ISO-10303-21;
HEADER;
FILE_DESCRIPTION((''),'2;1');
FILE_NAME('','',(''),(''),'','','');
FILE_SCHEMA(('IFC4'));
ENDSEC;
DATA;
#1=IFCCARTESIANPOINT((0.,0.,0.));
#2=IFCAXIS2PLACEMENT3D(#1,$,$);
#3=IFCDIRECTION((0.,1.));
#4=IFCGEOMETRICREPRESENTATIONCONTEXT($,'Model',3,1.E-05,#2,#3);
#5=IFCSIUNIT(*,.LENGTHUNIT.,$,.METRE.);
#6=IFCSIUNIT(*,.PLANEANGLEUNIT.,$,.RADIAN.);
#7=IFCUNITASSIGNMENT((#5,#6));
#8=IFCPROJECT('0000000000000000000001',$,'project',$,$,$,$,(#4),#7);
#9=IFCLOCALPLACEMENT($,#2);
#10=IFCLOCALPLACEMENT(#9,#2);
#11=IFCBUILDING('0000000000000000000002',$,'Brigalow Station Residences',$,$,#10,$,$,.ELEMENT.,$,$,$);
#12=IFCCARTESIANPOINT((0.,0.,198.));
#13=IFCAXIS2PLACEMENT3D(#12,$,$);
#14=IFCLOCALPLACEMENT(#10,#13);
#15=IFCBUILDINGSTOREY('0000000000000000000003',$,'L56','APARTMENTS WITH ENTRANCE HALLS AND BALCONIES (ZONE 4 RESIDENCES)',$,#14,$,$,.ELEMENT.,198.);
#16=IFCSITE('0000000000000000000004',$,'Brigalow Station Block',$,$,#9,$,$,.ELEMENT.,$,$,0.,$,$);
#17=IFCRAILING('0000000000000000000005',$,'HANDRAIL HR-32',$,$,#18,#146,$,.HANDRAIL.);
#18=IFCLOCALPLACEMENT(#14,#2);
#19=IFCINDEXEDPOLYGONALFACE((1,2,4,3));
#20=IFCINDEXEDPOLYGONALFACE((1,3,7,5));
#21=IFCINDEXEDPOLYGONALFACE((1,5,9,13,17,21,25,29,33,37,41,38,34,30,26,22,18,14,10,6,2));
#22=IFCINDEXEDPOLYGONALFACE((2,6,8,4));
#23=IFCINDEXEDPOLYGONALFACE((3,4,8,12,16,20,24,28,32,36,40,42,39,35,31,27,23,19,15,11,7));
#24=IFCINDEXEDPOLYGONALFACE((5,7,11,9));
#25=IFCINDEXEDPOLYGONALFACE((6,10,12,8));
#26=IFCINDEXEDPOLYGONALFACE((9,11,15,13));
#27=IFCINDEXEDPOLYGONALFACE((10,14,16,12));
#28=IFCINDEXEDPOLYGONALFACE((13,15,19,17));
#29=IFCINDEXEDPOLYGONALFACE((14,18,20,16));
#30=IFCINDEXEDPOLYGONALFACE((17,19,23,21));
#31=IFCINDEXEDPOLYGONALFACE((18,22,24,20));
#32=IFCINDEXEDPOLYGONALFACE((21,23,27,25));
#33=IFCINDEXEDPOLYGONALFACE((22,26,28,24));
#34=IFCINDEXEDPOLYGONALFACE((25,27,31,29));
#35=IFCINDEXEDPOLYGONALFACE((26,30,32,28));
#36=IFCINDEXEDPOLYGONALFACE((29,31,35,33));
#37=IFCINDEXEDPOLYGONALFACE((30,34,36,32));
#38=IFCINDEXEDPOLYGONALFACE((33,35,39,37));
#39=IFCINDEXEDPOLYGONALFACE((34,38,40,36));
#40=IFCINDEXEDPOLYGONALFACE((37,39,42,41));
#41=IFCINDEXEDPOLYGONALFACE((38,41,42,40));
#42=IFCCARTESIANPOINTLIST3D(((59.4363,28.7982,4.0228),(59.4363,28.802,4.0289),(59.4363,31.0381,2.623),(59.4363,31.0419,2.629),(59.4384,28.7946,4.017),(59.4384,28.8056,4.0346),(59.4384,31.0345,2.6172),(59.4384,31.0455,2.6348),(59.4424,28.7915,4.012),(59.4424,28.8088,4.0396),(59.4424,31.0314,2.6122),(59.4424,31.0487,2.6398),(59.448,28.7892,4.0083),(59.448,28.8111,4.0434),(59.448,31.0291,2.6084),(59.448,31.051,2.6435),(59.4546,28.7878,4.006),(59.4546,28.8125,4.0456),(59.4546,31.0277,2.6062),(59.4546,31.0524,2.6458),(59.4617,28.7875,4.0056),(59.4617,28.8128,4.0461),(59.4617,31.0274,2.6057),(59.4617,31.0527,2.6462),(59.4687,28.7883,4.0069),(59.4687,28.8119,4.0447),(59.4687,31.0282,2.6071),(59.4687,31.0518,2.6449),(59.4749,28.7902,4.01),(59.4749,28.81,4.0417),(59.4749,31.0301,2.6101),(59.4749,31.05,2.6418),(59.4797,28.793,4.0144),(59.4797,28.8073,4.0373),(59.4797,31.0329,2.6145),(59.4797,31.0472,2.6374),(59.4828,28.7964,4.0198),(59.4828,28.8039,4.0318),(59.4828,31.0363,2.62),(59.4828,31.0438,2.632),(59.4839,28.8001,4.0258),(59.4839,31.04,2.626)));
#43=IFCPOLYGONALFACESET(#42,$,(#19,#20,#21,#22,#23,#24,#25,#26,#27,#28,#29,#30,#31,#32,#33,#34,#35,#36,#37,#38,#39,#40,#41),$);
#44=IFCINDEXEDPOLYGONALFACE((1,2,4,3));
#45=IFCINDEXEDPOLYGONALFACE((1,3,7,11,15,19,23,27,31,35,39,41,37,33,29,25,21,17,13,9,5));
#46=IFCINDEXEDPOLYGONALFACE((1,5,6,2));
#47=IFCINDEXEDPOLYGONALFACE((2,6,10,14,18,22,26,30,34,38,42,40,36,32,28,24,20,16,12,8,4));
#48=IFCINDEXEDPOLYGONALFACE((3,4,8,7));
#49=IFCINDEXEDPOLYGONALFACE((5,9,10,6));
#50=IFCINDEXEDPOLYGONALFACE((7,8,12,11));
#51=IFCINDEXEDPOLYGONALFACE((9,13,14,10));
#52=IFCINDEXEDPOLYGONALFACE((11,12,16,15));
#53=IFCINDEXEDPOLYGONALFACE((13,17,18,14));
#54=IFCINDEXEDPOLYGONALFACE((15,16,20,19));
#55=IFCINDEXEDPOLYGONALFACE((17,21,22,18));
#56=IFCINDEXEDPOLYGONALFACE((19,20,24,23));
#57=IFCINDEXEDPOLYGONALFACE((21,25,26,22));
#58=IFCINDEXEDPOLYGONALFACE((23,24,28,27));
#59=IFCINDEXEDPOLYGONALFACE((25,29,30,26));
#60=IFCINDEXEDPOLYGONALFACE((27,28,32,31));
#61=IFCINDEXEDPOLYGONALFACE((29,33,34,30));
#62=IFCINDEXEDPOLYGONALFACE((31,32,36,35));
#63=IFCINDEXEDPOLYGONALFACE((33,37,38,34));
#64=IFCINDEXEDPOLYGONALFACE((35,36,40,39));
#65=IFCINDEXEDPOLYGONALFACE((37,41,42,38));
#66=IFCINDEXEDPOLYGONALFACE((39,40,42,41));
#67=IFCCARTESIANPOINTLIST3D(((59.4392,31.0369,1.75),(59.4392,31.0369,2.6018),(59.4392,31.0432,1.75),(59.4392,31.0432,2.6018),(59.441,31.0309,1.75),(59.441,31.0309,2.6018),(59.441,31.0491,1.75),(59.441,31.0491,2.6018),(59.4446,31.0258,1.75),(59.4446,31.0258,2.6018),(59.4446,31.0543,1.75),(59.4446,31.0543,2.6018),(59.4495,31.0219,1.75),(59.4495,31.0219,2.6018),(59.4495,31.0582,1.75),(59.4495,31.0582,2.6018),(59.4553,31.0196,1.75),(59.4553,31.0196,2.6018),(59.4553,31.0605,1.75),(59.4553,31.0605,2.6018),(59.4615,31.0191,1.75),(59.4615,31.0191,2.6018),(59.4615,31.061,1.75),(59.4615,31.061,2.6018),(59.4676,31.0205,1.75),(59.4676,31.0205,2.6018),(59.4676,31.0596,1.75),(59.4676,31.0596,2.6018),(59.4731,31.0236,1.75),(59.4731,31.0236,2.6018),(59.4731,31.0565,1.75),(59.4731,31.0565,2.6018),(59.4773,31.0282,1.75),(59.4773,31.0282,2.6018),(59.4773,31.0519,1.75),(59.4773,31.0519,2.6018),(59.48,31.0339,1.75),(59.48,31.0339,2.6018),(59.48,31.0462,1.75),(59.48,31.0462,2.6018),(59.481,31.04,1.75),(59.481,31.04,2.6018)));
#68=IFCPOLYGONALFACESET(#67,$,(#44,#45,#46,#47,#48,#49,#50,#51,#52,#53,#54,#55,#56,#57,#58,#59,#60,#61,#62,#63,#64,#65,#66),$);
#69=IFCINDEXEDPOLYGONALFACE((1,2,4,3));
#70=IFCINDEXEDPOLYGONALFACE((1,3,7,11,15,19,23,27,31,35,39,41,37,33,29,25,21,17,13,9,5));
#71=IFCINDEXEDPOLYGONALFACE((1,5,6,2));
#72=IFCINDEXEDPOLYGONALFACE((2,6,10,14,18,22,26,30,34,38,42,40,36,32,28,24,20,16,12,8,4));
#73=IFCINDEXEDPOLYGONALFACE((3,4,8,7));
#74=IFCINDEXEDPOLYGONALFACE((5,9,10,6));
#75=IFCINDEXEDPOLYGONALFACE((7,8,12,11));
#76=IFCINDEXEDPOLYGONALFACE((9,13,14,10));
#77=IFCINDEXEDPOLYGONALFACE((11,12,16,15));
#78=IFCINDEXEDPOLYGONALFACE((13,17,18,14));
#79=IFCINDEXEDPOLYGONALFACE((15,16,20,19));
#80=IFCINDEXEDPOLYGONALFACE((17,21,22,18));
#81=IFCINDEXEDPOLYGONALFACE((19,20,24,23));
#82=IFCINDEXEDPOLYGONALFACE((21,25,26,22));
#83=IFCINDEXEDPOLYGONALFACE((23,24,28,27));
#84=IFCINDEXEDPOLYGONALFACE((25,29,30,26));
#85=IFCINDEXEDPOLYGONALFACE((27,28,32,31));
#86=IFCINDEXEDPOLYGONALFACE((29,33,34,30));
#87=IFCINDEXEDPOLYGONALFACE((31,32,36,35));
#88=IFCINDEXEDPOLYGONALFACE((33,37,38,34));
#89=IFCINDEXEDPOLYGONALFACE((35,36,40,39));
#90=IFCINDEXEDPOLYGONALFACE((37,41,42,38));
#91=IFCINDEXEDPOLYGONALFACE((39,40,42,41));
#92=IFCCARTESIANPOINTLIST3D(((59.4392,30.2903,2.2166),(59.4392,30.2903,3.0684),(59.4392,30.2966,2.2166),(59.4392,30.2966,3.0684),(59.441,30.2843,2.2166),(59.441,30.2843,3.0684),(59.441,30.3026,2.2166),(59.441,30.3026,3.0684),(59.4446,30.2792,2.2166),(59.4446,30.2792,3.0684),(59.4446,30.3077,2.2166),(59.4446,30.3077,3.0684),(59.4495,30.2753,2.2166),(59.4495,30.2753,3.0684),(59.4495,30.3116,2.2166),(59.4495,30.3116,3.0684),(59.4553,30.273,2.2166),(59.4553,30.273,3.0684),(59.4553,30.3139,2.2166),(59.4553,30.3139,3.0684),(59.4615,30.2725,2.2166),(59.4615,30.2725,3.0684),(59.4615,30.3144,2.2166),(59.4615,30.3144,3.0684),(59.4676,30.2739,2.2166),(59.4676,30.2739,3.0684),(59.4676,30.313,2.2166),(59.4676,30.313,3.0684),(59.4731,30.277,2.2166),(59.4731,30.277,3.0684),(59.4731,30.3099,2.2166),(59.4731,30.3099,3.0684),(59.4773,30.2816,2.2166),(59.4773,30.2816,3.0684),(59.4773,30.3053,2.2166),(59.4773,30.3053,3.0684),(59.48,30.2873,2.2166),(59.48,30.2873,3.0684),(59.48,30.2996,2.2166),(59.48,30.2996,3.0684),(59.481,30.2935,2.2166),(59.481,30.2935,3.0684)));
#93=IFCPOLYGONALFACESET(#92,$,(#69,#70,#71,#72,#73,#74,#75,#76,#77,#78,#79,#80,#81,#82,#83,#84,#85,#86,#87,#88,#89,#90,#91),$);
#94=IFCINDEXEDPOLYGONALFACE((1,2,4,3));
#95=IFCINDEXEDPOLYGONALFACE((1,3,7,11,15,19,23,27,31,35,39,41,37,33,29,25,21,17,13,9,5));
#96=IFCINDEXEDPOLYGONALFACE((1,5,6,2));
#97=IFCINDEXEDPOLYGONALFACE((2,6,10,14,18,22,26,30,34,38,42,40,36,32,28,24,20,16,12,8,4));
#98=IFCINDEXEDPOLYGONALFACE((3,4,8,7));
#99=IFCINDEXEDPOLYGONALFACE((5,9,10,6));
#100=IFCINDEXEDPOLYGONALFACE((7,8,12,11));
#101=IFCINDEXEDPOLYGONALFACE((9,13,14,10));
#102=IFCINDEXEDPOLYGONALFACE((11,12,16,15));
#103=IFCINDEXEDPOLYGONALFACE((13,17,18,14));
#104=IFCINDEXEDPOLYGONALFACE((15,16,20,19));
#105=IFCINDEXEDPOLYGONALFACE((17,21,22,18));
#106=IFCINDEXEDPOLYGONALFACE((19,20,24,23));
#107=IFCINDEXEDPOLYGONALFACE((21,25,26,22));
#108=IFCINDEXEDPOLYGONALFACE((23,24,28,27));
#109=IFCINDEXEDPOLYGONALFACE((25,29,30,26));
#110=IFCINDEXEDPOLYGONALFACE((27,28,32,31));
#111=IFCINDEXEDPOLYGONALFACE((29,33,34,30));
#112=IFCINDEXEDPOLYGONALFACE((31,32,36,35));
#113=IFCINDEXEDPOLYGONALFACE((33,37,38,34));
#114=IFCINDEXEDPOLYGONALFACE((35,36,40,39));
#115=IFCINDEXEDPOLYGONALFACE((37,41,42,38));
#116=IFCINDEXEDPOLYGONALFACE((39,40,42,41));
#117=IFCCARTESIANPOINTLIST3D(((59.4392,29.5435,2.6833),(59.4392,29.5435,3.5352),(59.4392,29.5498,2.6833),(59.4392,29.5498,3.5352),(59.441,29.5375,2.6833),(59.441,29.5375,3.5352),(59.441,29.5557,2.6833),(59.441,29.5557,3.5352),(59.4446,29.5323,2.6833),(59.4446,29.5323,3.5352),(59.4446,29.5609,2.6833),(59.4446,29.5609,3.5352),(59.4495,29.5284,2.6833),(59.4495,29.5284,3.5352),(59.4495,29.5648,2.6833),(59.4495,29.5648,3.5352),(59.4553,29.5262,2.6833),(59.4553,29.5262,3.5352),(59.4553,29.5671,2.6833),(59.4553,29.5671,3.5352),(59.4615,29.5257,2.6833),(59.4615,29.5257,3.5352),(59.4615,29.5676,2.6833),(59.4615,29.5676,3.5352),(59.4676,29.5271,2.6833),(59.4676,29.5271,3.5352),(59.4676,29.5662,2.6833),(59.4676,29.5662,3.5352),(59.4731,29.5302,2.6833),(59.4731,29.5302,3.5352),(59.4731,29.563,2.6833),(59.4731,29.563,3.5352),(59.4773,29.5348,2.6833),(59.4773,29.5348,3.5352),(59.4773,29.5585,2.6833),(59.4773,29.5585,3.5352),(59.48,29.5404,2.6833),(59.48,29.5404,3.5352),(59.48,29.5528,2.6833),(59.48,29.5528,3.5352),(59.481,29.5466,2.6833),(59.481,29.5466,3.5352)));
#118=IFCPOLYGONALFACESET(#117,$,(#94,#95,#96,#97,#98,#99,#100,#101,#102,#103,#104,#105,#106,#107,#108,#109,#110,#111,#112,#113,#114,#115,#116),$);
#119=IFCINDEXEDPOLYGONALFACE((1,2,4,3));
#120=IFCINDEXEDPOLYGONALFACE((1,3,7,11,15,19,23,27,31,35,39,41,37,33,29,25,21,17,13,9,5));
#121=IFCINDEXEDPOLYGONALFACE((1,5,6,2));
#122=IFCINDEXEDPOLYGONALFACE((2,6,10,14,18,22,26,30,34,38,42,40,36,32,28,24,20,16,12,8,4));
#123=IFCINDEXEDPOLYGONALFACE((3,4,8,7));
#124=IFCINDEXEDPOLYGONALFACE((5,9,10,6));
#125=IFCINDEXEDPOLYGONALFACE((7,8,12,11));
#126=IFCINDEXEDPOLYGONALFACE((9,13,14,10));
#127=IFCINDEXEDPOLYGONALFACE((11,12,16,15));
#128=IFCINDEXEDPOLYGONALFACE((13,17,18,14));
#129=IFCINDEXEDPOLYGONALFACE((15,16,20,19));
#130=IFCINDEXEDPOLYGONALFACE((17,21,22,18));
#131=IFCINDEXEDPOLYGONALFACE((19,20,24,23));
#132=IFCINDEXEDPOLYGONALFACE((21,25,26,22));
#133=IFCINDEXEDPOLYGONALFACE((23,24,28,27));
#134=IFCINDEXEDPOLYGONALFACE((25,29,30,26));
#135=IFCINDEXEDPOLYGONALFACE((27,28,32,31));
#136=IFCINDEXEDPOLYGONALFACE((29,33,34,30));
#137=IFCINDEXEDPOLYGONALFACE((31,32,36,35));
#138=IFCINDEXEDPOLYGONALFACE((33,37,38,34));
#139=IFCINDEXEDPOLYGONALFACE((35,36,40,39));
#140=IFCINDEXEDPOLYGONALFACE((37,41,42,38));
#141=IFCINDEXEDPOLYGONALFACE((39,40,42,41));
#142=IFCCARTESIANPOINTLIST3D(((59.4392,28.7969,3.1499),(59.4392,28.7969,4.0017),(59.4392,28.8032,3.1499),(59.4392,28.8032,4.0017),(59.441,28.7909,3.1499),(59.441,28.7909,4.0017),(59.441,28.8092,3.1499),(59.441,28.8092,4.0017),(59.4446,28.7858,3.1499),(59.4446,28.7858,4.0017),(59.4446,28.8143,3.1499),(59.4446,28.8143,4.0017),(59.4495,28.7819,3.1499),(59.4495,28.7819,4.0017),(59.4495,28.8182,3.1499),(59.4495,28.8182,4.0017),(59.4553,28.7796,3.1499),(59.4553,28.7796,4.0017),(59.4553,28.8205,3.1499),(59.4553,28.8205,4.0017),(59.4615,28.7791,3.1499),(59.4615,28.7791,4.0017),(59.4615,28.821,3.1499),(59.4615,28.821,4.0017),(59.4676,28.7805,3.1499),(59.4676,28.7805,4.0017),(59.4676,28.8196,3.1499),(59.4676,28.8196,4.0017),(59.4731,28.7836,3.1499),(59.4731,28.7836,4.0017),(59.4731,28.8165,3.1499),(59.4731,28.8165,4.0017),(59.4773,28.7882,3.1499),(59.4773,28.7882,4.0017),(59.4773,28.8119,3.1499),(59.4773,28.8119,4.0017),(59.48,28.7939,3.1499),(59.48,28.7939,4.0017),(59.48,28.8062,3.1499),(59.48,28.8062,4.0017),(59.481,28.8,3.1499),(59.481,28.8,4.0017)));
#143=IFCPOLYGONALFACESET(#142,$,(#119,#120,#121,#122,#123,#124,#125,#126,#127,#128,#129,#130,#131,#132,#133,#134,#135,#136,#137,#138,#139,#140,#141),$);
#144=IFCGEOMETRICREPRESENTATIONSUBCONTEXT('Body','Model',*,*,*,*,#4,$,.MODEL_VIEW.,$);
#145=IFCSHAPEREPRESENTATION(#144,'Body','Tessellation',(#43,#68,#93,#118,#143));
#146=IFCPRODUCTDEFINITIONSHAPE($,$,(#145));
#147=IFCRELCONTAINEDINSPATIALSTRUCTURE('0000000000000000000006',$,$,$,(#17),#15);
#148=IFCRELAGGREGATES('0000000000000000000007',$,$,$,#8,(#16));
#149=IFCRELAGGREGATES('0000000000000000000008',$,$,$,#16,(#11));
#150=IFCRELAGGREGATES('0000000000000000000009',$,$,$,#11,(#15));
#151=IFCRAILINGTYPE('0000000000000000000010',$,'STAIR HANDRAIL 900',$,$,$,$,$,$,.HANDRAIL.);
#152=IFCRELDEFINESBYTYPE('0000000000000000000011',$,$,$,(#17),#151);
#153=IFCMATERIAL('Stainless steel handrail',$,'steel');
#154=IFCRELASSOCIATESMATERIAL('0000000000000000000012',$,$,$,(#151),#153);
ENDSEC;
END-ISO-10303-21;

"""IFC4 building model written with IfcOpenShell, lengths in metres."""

from ifc_helpers import new_model, si_unit, direction, frame, origin, origin_2d, place, context, subcontext, project, spatial, circle, extrude, material, type_object, element, save


model = new_model("IFC4")

# Units and contexts
model_context = context("Model", 3, precision=1e-05, world=origin(), true_north=direction((0.0, 1.0)))
body_context = subcontext(model_context, "Body", "Model", "MODEL_VIEW")
ifc_project = project(units=[si_unit("LENGTHUNIT", "METRE"), si_unit("PLANEANGLEUNIT", "RADIAN")], contexts=[model_context])

# Site, building, storey
site_placement = place(None, origin())
site = spatial("IfcSite", under=ifc_project, at=site_placement, Name="Brigalow Station Block", CompositionType="ELEMENT", RefElevation=0.0)
building_placement = place(site_placement, origin())
building = spatial("IfcBuilding", under=site, at=building_placement, Name="Brigalow Station Residences", CompositionType="ELEMENT")
storey_placement = place(building_placement, frame((0.0, 0.0, 198.0)))
storey = spatial("IfcBuildingStorey", under=building, at=storey_placement, Name="L56", Description="APARTMENTS WITH ENTRANCE HALLS AND BALCONIES (ZONE 4 RESIDENCES)", CompositionType="ELEMENT", Elevation=198.0)

# Railing
ifc_material_1 = material(Name="Stainless steel handrail", Category="steel")
railing_type_1 = type_object("IfcRailingType", Name="STAIR HANDRAIL 900", PredefinedType="HANDRAIL", material=ifc_material_1)
railing_1_placement = place(storey_placement, frame((59.46, 31.04, 1.75)))
element("IfcRailing", 1, at=railing_1_placement, inside=storey, type_object=railing_type_1, Name="HANDRAIL HR-32", PredefinedType="HANDRAIL", context=body_context, shape_type="SweptSolid", body=[
    extrude(circle(Radius=0.0239, at=origin_2d()), frame((0.0, 0.0, 0.876), z_axis=(0.0, -0.848014, 0.529974), x_axis=(1.0, 0.0, 0.0)), (0.0, 0.0, 1.0), 2.6414),
    extrude(circle(Radius=0.021, at=origin_2d()), origin(), (0.0, 0.0, 1.0), 0.8518),
    extrude(circle(Radius=0.021, at=origin_2d()), frame((0.0, -0.7466, 0.4666)), (0.0, 0.0, 1.0), 0.8518),
    extrude(circle(Radius=0.021, at=origin_2d()), frame((0.0, -1.4934, 0.9333)), (0.0, 0.0, 1.0), 0.8518),
    extrude(circle(Radius=0.021, at=origin_2d()), frame((0.0, -2.24, 1.3999)), (0.0, 0.0, 1.0), 0.8518),
])

save(model, "model.ifc")
